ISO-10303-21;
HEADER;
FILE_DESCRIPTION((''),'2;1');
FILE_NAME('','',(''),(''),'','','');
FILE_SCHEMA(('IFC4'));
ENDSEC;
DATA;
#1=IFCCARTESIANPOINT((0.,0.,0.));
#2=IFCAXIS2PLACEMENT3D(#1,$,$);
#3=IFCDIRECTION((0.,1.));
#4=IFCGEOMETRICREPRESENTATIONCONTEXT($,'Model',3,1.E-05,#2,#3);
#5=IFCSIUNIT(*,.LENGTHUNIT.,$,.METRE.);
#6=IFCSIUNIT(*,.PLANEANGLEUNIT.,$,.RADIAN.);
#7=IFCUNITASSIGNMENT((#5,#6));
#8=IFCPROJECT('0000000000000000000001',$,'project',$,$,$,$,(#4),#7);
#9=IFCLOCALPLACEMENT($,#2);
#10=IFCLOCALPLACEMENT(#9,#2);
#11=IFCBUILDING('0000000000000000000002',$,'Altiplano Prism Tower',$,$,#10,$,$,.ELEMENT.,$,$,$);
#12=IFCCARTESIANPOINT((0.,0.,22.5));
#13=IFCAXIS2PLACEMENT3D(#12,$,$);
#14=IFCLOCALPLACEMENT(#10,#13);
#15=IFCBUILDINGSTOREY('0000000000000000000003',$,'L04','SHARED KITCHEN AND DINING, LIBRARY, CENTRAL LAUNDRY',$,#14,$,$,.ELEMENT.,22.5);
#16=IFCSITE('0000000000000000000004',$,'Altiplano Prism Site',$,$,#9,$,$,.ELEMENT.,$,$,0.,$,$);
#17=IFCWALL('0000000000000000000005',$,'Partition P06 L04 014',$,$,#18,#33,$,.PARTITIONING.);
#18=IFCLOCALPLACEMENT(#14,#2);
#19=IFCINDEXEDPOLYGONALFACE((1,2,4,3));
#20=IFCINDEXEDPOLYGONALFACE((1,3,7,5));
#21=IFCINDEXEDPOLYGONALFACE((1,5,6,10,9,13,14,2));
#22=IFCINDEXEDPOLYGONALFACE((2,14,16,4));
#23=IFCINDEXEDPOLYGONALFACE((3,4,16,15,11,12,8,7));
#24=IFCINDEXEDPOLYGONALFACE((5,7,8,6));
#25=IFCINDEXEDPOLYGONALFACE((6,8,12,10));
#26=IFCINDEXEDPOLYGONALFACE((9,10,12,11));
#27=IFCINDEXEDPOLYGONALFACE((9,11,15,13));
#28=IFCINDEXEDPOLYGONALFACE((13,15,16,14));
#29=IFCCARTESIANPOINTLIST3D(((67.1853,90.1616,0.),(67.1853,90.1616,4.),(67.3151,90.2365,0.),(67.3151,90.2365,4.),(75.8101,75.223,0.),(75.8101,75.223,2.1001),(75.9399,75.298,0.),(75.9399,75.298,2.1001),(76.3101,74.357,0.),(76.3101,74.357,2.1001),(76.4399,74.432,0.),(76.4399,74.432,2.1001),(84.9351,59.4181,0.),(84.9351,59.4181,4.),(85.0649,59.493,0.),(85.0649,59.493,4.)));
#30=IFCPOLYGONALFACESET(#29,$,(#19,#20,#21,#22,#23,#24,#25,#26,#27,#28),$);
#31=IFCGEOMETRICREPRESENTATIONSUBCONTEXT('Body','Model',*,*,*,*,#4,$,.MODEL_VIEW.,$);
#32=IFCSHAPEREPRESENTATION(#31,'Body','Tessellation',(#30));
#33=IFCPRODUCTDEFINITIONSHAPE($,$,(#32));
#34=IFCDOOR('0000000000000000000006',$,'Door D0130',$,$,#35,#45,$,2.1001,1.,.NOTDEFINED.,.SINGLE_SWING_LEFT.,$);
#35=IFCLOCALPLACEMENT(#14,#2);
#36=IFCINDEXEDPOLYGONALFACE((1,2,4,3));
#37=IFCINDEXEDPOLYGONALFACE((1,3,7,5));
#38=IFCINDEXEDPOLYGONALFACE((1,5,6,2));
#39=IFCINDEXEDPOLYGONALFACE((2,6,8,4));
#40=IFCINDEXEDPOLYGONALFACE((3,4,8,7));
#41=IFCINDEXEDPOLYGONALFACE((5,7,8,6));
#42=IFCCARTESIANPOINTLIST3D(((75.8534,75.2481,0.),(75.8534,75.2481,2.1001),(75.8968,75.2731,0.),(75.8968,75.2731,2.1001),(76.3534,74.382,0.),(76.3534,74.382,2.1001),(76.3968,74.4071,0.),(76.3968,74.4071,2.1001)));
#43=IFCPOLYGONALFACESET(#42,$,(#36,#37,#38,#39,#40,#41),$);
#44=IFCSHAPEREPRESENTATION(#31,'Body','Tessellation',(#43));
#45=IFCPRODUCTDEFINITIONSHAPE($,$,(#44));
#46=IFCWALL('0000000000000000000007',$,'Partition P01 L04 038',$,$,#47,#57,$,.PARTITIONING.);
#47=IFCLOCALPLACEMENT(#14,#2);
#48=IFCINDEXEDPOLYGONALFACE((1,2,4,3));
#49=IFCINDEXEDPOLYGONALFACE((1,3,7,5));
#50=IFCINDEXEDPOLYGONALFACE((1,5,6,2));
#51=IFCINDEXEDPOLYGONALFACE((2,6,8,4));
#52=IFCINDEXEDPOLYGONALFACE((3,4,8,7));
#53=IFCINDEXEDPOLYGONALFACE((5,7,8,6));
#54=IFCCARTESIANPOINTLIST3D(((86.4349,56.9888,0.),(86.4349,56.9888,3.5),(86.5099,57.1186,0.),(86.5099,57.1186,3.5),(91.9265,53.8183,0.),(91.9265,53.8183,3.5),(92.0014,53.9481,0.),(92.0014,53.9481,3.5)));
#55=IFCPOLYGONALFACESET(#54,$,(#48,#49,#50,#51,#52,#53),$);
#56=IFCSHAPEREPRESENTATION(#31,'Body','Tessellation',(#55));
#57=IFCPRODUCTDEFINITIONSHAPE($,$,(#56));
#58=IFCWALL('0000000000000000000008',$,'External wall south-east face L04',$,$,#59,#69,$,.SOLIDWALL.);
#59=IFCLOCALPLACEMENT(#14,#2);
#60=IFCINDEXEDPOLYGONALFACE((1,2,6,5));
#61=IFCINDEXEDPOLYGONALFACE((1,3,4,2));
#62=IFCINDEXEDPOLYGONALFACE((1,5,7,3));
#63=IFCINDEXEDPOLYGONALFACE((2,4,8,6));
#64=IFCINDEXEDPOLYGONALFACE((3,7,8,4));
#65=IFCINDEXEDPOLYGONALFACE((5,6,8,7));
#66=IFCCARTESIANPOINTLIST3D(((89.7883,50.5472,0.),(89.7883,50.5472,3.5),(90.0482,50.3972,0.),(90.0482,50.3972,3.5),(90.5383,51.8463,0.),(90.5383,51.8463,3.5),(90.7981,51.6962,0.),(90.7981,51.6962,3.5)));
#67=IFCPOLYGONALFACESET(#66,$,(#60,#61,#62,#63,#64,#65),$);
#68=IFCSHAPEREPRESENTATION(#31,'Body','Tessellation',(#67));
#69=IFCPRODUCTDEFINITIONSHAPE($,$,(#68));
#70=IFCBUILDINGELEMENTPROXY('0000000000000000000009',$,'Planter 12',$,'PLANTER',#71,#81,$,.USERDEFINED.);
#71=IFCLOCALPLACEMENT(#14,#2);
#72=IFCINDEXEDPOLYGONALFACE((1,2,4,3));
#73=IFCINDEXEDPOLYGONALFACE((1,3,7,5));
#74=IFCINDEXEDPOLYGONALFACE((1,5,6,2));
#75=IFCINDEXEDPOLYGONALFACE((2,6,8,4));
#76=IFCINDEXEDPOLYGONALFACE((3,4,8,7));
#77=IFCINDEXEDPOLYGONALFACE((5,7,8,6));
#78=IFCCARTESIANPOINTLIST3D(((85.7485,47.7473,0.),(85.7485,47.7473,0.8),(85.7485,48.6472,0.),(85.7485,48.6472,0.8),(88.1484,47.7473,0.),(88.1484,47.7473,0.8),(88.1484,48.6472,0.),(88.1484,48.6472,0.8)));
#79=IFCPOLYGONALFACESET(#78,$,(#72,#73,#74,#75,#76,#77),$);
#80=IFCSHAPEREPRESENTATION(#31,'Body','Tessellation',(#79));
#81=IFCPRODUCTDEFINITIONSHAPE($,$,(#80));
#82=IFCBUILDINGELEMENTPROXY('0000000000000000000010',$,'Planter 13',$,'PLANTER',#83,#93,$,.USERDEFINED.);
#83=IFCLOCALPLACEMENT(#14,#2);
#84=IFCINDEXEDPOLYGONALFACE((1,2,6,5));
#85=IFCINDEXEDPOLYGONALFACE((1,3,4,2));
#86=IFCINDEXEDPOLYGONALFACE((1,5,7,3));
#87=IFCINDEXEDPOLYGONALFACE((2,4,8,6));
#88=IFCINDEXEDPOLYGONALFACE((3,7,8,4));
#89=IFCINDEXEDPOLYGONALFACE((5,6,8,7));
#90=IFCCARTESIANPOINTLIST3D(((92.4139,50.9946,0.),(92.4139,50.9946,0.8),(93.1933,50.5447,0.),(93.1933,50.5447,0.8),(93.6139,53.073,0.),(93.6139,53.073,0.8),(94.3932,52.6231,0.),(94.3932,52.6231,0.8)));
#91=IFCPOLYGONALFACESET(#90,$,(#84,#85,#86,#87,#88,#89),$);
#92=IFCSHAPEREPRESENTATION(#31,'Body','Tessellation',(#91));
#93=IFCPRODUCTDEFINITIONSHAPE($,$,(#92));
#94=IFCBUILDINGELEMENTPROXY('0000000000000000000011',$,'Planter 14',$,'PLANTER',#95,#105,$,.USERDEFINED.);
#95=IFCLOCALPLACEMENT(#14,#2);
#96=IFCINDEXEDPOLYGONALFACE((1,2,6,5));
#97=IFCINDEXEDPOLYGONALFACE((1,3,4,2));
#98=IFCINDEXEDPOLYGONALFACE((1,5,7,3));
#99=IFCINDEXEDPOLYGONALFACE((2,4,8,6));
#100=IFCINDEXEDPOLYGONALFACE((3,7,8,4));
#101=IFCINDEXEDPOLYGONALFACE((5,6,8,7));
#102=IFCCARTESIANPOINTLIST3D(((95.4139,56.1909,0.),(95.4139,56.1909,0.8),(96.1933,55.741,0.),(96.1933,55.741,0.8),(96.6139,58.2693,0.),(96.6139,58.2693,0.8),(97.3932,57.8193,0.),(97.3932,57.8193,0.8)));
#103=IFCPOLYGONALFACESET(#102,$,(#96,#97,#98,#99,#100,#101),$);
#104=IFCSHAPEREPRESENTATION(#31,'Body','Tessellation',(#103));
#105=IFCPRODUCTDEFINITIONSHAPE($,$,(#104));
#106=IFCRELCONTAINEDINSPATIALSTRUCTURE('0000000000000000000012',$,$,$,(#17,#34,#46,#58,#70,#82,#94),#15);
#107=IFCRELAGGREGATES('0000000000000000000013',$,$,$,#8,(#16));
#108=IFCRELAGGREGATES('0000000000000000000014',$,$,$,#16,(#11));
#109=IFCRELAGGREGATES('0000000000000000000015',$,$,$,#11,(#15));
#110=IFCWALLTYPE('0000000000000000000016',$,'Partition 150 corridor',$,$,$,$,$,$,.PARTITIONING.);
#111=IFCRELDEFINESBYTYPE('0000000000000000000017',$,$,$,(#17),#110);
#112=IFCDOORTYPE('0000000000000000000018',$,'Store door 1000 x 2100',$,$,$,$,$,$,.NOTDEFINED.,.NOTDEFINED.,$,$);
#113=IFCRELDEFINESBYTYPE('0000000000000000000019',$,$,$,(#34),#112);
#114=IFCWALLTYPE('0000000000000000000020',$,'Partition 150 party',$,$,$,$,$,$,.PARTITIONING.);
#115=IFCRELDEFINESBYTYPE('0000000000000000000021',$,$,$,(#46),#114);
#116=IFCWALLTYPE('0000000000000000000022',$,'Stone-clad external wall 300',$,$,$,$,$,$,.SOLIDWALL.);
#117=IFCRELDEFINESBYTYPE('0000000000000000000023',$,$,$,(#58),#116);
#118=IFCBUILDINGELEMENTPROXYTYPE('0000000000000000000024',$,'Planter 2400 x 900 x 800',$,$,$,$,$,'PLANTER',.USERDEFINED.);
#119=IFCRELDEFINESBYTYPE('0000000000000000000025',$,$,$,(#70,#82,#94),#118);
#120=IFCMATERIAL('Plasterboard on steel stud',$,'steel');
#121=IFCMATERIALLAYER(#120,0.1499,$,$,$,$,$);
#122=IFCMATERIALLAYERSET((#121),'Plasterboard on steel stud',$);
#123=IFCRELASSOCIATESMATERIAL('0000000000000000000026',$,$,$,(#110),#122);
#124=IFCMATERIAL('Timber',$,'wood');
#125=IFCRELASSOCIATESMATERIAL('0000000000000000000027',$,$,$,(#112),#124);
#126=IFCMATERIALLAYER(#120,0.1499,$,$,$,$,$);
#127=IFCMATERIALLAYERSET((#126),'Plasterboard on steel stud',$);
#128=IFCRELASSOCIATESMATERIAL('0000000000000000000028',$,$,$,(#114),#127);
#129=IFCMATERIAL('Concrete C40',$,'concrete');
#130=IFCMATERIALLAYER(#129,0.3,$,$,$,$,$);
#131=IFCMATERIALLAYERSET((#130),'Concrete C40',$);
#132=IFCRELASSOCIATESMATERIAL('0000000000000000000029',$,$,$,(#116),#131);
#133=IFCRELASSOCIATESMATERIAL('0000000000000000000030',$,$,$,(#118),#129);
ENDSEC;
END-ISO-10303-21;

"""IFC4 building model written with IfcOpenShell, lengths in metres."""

from ifc_helpers import new_model, si_unit, direction, frame, frame_2d, origin, origin_2d, place, context, subcontext, project, spatial, rectangle, extrude, material, layer, layer_set, type_object, element, fill, save


model = new_model("IFC4")

# Units and contexts
model_context = context("Model", 3, precision=1e-05, world=origin(), true_north=direction((0.0, 1.0)))
body_context = subcontext(model_context, "Body", "Model", "MODEL_VIEW")
ifc_project = project(units=[si_unit("LENGTHUNIT", "METRE"), si_unit("PLANEANGLEUNIT", "RADIAN")], contexts=[model_context])

# Site, building, storey
site_placement = place(None, origin())
site = spatial("IfcSite", under=ifc_project, at=site_placement, Name="Altiplano Prism Site", CompositionType="ELEMENT", RefElevation=0.0)
building_placement = place(site_placement, origin())
building = spatial("IfcBuilding", under=site, at=building_placement, Name="Altiplano Prism Tower", CompositionType="ELEMENT")
storey_placement = place(building_placement, frame((0.0, 0.0, 22.5)))
storey = spatial("IfcBuildingStorey", under=building, at=storey_placement, Name="L04", Description="SHARED KITCHEN AND DINING, LIBRARY, CENTRAL LAUNDRY", CompositionType="ELEMENT", Elevation=22.5)

# Shared definitions
ifc_material_1 = material(Name="Plasterboard on steel stud", Category="steel")
ifc_layer_1 = layer(ifc_material_1, 0.1499)
ifc_layer_set_1 = layer_set([ifc_layer_1], Name="Plasterboard on steel stud")
wall_type_1 = type_object("IfcWallType", Name="Partition 150 corridor", PredefinedType="PARTITIONING", material=ifc_layer_set_1)
ifc_material_2 = material(Name="Timber", Category="wood")
door_type_1 = type_object("IfcDoorType", Name="Store door 1000 x 2100", OperationType="NOTDEFINED", PredefinedType="NOTDEFINED", material=ifc_material_2)

# Wall, opening, door
wall_1_placement = place(storey_placement, frame((85.0, 59.4556, 0.0), z_axis=(0.0, 0.0, 1.0), x_axis=(-0.500001, 0.866025, 0.0)))
wall_1 = element("IfcWall", 1, at=wall_1_placement, inside=storey, type_object=wall_type_1, Name="Partition P06 L04 014", PredefinedType="PARTITIONING", context=body_context, shape_type="SweptSolid", body=[
    extrude(rectangle(XDim=35.4995, YDim=0.1499, at=frame_2d((17.7498, 0.0))), origin(), (0.0, 0.0, 1.0), 4.0),
])
opening_1_placement = place(wall_1_placement, frame((17.25, 0.0, 0.0)))
opening_1 = element("IfcOpeningElement", 2, at=opening_1_placement, cuts=wall_1, PredefinedType="OPENING", context=body_context, shape_type="SweptSolid", body=[
    extrude(rectangle(XDim=1.0, YDim=2.1001, at=frame_2d((0.5, 1.05))), frame((0.0, 0.0854, 0.0), z_axis=(0.0, -1.0, 0.0), x_axis=(1.0, 0.0, 0.0)), (0.0, 0.0, 1.0), 0.1709),
])
door_1_placement = place(opening_1_placement, origin())
door_1 = element("IfcDoor", 3, at=door_1_placement, inside=storey, type_object=door_type_1, Name="Door D0130", OperationType="SINGLE_SWING_LEFT", OverallHeight=2.1001, OverallWidth=1.0, PredefinedType="NOTDEFINED", context=body_context, shape_type="SweptSolid", body=[
    extrude(rectangle(XDim=1.0, YDim=2.1001, at=frame_2d((0.5, 1.05))), frame((0.0, 0.0249, 0.0), z_axis=(0.0, -1.0, 0.0), x_axis=(1.0, 0.0, 0.0)), (0.0, 0.0, 1.0), 0.05),
])
fill(opening_1, door_1)

# Wall
ifc_layer_2 = layer(ifc_material_1, 0.1499)
ifc_layer_set_2 = layer_set([ifc_layer_2], Name="Plasterboard on steel stud")
wall_type_2 = type_object("IfcWallType", Name="Partition 150 party", PredefinedType="PARTITIONING", material=ifc_layer_set_2)
wall_2_placement = place(storey_placement, frame((91.9639, 53.8833, 0.0), z_axis=(0.0, 0.0, 1.0), x_axis=(-0.866031, 0.49999, 0.0)))
element("IfcWall", 4, at=wall_2_placement, inside=storey, type_object=wall_type_2, Name="Partition P01 L04 038", PredefinedType="PARTITIONING", context=body_context, shape_type="SweptSolid", body=[
    extrude(rectangle(XDim=6.3411, YDim=0.1499, at=frame_2d((3.1704, 0.0))), origin(), (0.0, 0.0, 1.0), 3.5),
])

# Shared definitions
ifc_material_3 = material(Name="Concrete C40", Category="concrete")
ifc_layer_3 = layer(ifc_material_3, 0.3)
ifc_layer_set_3 = layer_set([ifc_layer_3], Name="Concrete C40")
wall_type_3 = type_object("IfcWallType", Name="Stone-clad external wall 300", PredefinedType="SOLIDWALL", material=ifc_layer_set_3)

# Wall
wall_3_placement = place(storey_placement, frame((90.6682, 51.7712, 0.0), z_axis=(0.0, 0.0, 1.0), x_axis=(-0.49999, -0.866031, 0.0)))
element("IfcWall", 5, at=wall_3_placement, inside=storey, type_object=wall_type_3, Name="External wall south-east face L04", PredefinedType="SOLIDWALL", context=body_context, shape_type="SweptSolid", body=[
    extrude(rectangle(XDim=1.5, YDim=0.3, at=frame_2d((0.75, 0.0))), origin(), (0.0, 0.0, 1.0), 3.5),
])

# Building element proxies
building_element_proxy_type = type_object("IfcBuildingElementProxyType", Name="Planter 2400 x 900 x 800", ElementType="PLANTER", PredefinedType="USERDEFINED", material=ifc_material_3)
for number, where, z_axis, x_axis, name in (
    (6, (86.9485, 48.1973, 0.0), (0.0, 0.0, 1.0), (1.0, 0.0, 0.0), "Planter 12"),
    (7, (93.4036, 51.8088, 0.0), (0.0, 0.0, 1.0), (0.5, 0.866025, 0.0), "Planter 13"),
    (8, (96.4036, 57.0051, 0.0), (0.0, 0.0, 1.0), (0.5, 0.866025, 0.0), "Planter 14"),
):
    element("IfcBuildingElementProxy", number, at=place(storey_placement, frame(where, z_axis=z_axis, x_axis=x_axis)), inside=storey, type_object=building_element_proxy_type, Name=name, ObjectType="PLANTER", PredefinedType="USERDEFINED", context=body_context, shape_type="SweptSolid", body=[
        extrude(rectangle(XDim=2.3999, YDim=0.8999, at=origin_2d()), origin(), (0.0, 0.0, 1.0), 0.8),
    ])

save(model, "model.ifc")
